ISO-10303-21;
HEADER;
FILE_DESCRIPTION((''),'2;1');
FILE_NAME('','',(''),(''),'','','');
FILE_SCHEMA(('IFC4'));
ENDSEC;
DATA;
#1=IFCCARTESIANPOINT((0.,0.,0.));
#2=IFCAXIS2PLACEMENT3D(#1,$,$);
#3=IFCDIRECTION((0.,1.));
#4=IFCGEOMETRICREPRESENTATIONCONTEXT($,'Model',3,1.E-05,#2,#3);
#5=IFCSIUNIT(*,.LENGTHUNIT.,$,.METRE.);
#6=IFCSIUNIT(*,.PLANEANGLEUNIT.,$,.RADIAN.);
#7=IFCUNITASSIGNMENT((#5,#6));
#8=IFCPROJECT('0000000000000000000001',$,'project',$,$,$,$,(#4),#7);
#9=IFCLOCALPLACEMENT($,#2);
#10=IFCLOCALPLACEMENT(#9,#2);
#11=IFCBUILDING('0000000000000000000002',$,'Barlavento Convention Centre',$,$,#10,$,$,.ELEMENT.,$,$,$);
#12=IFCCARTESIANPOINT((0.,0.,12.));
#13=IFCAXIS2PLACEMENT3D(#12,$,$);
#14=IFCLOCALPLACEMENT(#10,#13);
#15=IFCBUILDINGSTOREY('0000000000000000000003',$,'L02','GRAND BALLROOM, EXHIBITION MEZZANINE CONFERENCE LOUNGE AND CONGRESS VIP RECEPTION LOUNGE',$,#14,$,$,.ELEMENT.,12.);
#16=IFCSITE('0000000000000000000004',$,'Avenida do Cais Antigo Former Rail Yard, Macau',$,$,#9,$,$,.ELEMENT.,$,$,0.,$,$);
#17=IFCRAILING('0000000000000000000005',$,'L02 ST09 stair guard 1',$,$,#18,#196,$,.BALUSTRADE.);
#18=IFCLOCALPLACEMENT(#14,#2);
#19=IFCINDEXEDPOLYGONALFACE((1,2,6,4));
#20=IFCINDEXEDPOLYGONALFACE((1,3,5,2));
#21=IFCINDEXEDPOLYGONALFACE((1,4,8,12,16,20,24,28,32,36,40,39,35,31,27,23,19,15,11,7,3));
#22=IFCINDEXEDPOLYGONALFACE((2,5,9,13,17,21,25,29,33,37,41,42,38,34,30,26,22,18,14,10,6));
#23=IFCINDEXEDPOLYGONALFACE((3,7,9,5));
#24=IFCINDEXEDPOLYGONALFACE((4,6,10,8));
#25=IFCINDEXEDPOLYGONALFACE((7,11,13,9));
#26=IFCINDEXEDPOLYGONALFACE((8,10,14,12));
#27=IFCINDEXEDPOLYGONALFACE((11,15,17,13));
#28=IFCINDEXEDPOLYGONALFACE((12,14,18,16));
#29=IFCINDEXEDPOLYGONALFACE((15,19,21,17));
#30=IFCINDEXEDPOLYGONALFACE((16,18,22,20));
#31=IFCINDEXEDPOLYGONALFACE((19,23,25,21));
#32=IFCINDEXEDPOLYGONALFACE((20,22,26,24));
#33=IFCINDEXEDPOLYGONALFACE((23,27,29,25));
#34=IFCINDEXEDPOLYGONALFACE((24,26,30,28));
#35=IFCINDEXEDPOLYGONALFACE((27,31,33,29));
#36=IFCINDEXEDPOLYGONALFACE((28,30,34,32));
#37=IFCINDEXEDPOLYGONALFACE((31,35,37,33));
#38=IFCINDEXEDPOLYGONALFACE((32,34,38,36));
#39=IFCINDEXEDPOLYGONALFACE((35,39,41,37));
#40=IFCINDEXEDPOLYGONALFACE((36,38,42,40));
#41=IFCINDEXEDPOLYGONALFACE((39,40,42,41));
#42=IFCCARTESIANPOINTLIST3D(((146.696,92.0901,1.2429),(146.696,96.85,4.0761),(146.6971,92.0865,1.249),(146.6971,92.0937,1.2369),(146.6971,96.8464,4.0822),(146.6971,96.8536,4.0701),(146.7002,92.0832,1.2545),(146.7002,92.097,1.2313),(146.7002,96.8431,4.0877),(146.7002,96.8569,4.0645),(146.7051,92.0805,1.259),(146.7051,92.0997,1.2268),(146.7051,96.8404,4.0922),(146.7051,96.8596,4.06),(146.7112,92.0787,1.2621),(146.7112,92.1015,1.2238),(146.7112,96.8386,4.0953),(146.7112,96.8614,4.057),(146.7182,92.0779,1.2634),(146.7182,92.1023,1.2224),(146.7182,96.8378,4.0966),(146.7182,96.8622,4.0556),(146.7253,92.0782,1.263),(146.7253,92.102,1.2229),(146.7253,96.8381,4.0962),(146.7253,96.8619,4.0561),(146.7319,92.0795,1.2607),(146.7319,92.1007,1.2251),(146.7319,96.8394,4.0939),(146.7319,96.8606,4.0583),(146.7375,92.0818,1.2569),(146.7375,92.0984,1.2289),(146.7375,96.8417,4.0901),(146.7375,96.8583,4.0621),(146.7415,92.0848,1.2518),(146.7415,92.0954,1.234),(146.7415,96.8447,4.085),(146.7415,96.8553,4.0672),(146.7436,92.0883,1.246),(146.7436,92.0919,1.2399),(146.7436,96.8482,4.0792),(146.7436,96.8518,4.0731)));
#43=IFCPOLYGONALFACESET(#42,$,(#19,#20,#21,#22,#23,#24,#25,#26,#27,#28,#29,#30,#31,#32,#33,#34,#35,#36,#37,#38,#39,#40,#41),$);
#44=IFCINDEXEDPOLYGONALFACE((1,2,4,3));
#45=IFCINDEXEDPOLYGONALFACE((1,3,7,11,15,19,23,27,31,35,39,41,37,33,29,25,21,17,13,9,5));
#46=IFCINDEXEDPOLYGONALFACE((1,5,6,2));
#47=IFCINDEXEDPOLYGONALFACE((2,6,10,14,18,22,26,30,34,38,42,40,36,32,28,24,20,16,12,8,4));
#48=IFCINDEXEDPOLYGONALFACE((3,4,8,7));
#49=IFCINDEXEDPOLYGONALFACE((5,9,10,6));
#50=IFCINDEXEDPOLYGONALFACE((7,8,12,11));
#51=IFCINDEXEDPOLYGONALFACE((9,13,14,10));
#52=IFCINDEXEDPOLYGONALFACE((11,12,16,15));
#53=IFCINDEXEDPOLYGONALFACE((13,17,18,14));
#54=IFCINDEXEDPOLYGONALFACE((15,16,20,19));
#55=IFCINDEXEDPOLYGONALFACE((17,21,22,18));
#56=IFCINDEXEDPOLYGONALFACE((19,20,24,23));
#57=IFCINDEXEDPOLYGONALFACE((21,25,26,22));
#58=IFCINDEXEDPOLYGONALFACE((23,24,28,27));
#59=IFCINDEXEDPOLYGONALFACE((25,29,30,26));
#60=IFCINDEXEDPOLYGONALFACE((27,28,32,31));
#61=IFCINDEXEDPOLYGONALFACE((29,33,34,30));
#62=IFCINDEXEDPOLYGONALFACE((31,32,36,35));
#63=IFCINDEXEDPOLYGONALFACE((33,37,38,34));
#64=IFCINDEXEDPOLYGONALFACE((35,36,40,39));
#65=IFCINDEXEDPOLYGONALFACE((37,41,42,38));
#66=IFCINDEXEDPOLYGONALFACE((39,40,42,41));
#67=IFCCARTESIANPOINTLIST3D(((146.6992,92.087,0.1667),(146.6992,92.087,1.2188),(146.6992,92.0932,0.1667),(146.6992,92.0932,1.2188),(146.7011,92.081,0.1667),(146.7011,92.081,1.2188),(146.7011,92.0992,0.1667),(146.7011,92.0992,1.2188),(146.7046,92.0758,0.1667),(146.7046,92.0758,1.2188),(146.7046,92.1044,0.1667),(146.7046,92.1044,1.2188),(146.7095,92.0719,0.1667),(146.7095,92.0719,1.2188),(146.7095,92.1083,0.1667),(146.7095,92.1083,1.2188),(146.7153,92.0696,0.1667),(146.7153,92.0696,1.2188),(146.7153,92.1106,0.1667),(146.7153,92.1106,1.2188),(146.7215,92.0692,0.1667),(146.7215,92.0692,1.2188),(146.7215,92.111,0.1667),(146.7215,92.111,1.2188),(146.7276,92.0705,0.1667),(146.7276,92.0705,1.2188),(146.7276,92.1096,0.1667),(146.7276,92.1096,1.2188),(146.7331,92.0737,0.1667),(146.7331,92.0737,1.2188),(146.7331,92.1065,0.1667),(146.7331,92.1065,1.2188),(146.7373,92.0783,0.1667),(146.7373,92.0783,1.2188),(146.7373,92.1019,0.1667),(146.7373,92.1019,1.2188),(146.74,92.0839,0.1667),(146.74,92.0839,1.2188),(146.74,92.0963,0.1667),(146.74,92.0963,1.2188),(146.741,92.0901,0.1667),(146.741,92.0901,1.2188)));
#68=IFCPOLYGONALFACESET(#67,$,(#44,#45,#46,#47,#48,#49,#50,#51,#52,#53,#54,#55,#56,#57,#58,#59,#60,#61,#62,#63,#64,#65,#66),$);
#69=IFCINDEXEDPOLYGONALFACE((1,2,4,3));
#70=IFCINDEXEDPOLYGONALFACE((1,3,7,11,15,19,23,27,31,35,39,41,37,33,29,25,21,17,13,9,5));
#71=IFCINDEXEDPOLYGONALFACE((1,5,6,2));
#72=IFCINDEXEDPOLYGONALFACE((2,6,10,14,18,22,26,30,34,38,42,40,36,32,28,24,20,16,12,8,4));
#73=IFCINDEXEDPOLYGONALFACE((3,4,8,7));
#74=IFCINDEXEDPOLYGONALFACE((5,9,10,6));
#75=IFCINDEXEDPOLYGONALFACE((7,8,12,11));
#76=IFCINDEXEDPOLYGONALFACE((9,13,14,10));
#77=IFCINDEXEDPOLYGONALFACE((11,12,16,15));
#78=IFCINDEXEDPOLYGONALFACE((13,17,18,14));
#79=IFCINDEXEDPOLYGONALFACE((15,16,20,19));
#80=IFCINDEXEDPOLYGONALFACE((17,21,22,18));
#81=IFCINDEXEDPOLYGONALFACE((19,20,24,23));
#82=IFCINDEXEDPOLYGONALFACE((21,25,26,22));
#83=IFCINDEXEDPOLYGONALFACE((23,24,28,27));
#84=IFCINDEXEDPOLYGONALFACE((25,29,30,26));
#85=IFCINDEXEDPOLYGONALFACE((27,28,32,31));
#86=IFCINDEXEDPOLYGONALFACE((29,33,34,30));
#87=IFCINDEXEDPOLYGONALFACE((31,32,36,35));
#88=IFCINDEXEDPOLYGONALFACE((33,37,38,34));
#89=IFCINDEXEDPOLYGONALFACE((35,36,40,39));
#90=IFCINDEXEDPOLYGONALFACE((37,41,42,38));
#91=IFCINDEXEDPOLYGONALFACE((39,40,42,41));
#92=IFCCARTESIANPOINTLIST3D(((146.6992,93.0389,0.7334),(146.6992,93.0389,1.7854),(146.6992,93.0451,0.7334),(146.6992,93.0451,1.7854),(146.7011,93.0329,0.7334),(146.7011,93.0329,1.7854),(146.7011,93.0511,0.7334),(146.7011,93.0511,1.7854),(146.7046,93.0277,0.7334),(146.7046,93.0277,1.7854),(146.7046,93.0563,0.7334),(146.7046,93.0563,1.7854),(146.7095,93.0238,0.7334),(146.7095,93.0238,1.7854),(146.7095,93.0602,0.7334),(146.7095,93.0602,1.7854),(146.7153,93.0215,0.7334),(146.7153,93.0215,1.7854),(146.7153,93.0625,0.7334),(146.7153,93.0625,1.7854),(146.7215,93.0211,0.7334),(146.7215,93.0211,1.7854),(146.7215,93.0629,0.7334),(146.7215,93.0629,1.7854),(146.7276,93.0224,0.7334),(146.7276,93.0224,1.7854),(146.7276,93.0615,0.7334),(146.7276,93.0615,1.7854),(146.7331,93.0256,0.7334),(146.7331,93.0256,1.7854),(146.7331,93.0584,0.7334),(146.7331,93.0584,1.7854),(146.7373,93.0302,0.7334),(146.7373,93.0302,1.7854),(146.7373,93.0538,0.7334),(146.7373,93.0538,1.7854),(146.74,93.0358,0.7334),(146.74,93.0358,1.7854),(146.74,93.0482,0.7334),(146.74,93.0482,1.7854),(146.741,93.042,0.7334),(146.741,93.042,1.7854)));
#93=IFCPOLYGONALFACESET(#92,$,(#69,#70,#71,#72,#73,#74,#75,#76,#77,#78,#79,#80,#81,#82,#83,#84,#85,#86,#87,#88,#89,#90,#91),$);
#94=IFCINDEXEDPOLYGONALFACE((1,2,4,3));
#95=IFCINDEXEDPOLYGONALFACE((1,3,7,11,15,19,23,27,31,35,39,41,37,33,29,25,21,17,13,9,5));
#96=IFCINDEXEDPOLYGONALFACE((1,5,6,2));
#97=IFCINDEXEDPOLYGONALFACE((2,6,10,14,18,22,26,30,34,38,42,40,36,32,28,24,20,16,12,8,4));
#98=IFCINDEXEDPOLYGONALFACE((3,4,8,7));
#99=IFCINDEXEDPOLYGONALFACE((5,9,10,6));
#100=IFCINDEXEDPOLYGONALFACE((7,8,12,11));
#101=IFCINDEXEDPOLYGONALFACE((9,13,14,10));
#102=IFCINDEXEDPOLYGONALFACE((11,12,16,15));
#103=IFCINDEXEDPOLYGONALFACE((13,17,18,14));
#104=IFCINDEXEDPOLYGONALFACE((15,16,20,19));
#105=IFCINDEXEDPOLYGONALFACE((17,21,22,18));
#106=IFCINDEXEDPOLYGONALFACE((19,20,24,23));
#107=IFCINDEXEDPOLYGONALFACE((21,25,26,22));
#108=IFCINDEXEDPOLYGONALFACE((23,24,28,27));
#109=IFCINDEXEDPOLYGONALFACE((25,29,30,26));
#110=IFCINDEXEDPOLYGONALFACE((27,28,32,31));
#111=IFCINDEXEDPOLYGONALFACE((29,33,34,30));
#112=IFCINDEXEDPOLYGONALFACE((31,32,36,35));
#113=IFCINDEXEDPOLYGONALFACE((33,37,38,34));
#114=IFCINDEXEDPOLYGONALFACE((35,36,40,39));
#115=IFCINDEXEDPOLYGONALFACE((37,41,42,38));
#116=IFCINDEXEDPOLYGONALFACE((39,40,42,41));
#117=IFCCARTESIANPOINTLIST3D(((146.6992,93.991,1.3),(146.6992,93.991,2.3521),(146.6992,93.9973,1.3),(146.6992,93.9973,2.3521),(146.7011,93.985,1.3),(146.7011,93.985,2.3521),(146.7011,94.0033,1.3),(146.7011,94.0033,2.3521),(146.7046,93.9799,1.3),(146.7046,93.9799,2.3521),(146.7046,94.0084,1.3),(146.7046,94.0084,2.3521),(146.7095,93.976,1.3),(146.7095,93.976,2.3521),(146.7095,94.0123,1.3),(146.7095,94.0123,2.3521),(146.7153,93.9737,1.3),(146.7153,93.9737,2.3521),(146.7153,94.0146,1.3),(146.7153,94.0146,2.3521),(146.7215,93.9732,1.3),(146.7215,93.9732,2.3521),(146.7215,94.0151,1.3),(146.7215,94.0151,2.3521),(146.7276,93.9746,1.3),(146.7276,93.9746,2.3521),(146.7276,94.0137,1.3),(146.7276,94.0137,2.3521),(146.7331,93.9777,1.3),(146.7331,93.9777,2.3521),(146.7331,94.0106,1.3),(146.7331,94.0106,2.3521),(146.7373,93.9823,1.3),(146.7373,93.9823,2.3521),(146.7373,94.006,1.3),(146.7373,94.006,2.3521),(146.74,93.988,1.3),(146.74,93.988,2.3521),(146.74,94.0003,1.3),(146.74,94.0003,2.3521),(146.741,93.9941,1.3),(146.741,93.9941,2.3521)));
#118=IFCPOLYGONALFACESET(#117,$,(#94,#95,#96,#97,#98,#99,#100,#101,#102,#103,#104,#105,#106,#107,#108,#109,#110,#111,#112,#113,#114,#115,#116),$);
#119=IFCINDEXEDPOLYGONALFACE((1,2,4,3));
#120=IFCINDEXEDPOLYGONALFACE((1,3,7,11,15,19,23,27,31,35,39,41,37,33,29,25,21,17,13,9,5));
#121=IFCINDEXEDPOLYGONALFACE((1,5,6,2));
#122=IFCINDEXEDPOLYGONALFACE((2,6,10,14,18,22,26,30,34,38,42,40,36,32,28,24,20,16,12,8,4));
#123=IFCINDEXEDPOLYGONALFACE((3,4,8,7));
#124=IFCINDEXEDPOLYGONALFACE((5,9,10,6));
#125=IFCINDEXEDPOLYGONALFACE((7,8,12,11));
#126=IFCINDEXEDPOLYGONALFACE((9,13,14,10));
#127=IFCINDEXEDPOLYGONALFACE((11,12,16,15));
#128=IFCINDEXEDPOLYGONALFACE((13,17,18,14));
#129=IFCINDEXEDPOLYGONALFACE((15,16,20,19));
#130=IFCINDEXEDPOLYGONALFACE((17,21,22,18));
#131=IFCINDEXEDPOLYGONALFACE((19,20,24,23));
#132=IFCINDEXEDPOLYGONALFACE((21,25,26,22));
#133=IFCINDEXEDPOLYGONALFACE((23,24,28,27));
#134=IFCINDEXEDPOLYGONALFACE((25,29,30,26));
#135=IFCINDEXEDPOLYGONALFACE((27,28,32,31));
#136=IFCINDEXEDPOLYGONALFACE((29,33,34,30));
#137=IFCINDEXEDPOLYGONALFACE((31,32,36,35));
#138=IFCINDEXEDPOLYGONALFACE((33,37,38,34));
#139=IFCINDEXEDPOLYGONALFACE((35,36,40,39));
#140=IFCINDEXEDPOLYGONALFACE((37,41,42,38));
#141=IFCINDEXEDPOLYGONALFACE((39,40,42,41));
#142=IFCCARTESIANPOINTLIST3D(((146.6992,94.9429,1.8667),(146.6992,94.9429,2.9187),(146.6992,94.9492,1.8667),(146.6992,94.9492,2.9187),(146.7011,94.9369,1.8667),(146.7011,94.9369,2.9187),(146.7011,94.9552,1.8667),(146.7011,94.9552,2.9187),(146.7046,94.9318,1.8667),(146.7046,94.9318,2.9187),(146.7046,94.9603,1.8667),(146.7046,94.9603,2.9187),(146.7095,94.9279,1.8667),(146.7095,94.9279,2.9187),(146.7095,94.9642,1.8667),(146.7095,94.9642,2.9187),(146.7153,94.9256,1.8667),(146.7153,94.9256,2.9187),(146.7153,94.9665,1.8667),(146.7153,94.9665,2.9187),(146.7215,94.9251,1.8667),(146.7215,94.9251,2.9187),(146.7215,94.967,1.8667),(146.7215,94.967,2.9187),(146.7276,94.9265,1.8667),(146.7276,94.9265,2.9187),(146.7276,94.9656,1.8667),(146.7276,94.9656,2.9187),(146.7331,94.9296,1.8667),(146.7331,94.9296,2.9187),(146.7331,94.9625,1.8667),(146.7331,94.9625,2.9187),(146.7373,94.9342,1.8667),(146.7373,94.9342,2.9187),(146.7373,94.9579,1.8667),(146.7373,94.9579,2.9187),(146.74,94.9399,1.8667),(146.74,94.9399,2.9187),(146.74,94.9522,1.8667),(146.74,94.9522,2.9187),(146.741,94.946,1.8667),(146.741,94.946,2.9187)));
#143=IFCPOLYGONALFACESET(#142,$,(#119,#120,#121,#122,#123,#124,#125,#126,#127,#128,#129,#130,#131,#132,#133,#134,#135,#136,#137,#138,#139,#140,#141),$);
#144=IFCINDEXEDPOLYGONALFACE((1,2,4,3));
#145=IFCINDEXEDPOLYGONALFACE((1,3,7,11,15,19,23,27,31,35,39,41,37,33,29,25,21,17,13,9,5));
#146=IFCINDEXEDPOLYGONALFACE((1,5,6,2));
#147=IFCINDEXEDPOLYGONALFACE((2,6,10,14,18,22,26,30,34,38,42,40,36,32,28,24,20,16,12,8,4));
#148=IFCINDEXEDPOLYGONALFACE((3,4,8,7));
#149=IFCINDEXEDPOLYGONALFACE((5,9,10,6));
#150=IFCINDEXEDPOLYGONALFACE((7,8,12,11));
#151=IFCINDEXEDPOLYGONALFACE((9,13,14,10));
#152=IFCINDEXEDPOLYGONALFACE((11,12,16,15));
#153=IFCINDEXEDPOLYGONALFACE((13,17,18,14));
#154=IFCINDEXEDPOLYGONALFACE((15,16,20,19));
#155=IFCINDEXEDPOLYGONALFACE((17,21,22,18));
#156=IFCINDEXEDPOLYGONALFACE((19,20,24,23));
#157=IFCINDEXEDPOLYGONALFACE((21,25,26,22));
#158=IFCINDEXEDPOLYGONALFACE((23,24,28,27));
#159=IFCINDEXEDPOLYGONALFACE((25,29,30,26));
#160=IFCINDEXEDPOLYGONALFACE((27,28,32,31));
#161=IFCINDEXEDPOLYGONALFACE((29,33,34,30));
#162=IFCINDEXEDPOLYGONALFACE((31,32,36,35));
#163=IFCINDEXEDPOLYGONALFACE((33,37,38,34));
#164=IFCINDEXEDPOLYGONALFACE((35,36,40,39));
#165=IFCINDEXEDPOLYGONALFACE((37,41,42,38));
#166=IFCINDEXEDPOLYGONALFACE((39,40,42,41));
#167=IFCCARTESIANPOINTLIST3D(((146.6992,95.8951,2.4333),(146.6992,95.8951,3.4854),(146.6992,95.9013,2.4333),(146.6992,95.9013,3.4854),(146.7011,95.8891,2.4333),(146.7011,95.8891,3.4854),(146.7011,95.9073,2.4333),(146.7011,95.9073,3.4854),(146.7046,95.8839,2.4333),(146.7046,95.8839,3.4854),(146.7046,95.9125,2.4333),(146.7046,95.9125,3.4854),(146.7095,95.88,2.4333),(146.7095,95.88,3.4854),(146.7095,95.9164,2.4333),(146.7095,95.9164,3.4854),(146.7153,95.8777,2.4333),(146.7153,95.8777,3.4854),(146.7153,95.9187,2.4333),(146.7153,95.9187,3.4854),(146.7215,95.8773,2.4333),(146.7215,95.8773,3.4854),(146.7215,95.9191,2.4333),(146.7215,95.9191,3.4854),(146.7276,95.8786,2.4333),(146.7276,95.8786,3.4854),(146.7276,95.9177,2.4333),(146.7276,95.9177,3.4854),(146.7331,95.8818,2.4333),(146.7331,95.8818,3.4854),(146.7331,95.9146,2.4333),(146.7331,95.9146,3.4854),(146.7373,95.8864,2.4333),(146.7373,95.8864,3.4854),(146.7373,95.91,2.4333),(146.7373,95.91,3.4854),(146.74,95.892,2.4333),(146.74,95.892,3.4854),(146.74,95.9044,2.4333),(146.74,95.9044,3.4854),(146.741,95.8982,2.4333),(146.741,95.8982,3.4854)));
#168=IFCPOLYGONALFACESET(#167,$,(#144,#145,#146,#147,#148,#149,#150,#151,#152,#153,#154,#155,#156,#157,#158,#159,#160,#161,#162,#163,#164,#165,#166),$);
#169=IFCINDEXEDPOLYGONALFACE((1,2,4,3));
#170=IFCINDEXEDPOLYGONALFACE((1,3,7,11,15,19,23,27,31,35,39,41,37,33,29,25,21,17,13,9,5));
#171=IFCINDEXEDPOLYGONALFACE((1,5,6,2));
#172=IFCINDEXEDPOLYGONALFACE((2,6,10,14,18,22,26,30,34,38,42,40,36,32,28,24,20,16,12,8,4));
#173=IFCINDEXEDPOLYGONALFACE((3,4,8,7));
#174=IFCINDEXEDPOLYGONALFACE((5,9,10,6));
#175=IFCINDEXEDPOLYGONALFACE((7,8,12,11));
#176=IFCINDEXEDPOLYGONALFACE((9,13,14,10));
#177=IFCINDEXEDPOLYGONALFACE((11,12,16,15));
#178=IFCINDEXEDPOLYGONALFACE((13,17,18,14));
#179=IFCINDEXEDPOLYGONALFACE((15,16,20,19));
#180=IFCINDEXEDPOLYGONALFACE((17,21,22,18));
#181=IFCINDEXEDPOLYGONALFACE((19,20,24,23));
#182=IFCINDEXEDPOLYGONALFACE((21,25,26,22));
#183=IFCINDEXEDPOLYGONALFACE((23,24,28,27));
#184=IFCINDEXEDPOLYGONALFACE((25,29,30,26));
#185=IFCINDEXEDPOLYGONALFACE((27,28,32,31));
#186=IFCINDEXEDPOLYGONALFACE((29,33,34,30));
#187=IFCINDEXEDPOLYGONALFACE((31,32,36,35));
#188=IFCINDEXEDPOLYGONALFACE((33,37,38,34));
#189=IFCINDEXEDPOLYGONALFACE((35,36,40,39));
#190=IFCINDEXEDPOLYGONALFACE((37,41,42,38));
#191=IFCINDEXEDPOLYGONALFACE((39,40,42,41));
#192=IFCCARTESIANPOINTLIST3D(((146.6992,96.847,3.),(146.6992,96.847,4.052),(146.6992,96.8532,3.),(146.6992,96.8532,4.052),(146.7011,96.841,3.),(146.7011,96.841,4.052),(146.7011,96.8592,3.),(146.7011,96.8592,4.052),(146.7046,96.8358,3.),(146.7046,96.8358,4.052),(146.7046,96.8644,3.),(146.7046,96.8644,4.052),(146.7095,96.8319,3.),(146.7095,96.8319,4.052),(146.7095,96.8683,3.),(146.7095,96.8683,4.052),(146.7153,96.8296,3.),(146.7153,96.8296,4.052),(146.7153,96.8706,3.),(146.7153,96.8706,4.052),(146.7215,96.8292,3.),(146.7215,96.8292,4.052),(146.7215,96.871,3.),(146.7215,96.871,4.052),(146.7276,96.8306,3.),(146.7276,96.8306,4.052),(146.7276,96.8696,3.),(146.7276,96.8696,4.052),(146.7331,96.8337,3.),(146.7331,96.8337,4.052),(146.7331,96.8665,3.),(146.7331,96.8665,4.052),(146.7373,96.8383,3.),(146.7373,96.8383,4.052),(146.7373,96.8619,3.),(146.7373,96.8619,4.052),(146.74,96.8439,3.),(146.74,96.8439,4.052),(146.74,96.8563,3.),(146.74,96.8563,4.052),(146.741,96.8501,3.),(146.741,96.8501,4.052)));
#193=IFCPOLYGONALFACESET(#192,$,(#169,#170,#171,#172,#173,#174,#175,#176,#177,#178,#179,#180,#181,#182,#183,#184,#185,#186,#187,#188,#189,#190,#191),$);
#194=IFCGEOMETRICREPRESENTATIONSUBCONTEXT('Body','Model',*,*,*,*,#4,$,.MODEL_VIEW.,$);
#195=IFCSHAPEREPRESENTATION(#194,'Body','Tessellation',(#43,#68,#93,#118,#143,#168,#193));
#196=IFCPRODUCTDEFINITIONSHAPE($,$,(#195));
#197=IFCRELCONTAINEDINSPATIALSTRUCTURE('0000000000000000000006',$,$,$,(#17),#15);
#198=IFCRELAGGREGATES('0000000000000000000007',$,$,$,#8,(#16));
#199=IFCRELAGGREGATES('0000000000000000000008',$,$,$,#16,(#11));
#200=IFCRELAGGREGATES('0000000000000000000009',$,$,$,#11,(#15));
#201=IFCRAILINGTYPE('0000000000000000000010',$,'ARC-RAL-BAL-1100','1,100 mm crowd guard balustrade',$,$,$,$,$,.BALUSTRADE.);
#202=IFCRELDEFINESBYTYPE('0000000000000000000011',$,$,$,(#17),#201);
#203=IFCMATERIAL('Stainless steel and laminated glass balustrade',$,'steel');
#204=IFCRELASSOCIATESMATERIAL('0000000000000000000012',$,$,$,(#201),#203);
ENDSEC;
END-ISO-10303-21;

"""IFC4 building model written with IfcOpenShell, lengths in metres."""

from ifc_helpers import new_model, si_unit, direction, frame, origin, origin_2d, place, context, subcontext, project, spatial, circle, extrude, material, type_object, element, save


model = new_model("IFC4")

# Units and contexts
model_context = context("Model", 3, precision=1e-05, world=origin(), true_north=direction((0.0, 1.0)))
body_context = subcontext(model_context, "Body", "Model", "MODEL_VIEW")
ifc_project = project(units=[si_unit("LENGTHUNIT", "METRE"), si_unit("PLANEANGLEUNIT", "RADIAN")], contexts=[model_context])

# Site, building, storey
site_placement = place(None, origin())
site = spatial("IfcSite", under=ifc_project, at=site_placement, Name="Avenida do Cais Antigo Former Rail Yard, Macau", CompositionType="ELEMENT", RefElevation=0.0)
building_placement = place(site_placement, origin())
building = spatial("IfcBuilding", under=site, at=building_placement, Name="Barlavento Convention Centre", CompositionType="ELEMENT")
storey_placement = place(building_placement, frame((0.0, 0.0, 12.0)))
storey = spatial("IfcBuildingStorey", under=building, at=storey_placement, Name="L02", Description="GRAND BALLROOM, EXHIBITION MEZZANINE CONFERENCE LOUNGE AND CONGRESS VIP RECEPTION LOUNGE", CompositionType="ELEMENT", Elevation=12.0)

# Railing
ifc_material_1 = material(Name="Stainless steel and laminated glass balustrade", Category="steel")
railing_type_1 = type_object("IfcRailingType", Name="ARC-RAL-BAL-1100", Description="1,100 mm crowd guard balustrade", PredefinedType="BALUSTRADE", material=ifc_material_1)
railing_1_placement = place(storey_placement, frame((146.72, 92.0901, 0.1667)))
element("IfcRailing", 1, at=railing_1_placement, inside=storey, type_object=railing_type_1, Name="L02 ST09 stair guard 1", PredefinedType="BALUSTRADE", context=body_context, shape_type="SweptSolid", body=[
    extrude(circle(Radius=0.0239, at=origin_2d()), frame((0.0, 0.0, 1.0762), z_axis=(0.0, 0.8593, 0.511472), x_axis=(-1.0, 0.0, 0.0)), (0.0, 0.0, 1.0), 5.5393),
    extrude(circle(Radius=0.021, at=origin_2d()), origin(), (0.0, 0.0, 1.0), 1.052),
    extrude(circle(Radius=0.021, at=origin_2d()), frame((0.0, 0.9519, 0.5667)), (0.0, 0.0, 1.0), 1.052),
    extrude(circle(Radius=0.021, at=origin_2d()), frame((0.0, 1.9041, 1.1333)), (0.0, 0.0, 1.0), 1.052),
    extrude(circle(Radius=0.021, at=origin_2d()), frame((0.0, 2.856, 1.7)), (0.0, 0.0, 1.0), 1.052),
    extrude(circle(Radius=0.021, at=origin_2d()), frame((0.0, 3.8081, 2.2666)), (0.0, 0.0, 1.0), 1.052),
    extrude(circle(Radius=0.021, at=origin_2d()), frame((0.0, 4.76, 2.8333)), (0.0, 0.0, 1.0), 1.052),
])

save(model, "model.ifc")
